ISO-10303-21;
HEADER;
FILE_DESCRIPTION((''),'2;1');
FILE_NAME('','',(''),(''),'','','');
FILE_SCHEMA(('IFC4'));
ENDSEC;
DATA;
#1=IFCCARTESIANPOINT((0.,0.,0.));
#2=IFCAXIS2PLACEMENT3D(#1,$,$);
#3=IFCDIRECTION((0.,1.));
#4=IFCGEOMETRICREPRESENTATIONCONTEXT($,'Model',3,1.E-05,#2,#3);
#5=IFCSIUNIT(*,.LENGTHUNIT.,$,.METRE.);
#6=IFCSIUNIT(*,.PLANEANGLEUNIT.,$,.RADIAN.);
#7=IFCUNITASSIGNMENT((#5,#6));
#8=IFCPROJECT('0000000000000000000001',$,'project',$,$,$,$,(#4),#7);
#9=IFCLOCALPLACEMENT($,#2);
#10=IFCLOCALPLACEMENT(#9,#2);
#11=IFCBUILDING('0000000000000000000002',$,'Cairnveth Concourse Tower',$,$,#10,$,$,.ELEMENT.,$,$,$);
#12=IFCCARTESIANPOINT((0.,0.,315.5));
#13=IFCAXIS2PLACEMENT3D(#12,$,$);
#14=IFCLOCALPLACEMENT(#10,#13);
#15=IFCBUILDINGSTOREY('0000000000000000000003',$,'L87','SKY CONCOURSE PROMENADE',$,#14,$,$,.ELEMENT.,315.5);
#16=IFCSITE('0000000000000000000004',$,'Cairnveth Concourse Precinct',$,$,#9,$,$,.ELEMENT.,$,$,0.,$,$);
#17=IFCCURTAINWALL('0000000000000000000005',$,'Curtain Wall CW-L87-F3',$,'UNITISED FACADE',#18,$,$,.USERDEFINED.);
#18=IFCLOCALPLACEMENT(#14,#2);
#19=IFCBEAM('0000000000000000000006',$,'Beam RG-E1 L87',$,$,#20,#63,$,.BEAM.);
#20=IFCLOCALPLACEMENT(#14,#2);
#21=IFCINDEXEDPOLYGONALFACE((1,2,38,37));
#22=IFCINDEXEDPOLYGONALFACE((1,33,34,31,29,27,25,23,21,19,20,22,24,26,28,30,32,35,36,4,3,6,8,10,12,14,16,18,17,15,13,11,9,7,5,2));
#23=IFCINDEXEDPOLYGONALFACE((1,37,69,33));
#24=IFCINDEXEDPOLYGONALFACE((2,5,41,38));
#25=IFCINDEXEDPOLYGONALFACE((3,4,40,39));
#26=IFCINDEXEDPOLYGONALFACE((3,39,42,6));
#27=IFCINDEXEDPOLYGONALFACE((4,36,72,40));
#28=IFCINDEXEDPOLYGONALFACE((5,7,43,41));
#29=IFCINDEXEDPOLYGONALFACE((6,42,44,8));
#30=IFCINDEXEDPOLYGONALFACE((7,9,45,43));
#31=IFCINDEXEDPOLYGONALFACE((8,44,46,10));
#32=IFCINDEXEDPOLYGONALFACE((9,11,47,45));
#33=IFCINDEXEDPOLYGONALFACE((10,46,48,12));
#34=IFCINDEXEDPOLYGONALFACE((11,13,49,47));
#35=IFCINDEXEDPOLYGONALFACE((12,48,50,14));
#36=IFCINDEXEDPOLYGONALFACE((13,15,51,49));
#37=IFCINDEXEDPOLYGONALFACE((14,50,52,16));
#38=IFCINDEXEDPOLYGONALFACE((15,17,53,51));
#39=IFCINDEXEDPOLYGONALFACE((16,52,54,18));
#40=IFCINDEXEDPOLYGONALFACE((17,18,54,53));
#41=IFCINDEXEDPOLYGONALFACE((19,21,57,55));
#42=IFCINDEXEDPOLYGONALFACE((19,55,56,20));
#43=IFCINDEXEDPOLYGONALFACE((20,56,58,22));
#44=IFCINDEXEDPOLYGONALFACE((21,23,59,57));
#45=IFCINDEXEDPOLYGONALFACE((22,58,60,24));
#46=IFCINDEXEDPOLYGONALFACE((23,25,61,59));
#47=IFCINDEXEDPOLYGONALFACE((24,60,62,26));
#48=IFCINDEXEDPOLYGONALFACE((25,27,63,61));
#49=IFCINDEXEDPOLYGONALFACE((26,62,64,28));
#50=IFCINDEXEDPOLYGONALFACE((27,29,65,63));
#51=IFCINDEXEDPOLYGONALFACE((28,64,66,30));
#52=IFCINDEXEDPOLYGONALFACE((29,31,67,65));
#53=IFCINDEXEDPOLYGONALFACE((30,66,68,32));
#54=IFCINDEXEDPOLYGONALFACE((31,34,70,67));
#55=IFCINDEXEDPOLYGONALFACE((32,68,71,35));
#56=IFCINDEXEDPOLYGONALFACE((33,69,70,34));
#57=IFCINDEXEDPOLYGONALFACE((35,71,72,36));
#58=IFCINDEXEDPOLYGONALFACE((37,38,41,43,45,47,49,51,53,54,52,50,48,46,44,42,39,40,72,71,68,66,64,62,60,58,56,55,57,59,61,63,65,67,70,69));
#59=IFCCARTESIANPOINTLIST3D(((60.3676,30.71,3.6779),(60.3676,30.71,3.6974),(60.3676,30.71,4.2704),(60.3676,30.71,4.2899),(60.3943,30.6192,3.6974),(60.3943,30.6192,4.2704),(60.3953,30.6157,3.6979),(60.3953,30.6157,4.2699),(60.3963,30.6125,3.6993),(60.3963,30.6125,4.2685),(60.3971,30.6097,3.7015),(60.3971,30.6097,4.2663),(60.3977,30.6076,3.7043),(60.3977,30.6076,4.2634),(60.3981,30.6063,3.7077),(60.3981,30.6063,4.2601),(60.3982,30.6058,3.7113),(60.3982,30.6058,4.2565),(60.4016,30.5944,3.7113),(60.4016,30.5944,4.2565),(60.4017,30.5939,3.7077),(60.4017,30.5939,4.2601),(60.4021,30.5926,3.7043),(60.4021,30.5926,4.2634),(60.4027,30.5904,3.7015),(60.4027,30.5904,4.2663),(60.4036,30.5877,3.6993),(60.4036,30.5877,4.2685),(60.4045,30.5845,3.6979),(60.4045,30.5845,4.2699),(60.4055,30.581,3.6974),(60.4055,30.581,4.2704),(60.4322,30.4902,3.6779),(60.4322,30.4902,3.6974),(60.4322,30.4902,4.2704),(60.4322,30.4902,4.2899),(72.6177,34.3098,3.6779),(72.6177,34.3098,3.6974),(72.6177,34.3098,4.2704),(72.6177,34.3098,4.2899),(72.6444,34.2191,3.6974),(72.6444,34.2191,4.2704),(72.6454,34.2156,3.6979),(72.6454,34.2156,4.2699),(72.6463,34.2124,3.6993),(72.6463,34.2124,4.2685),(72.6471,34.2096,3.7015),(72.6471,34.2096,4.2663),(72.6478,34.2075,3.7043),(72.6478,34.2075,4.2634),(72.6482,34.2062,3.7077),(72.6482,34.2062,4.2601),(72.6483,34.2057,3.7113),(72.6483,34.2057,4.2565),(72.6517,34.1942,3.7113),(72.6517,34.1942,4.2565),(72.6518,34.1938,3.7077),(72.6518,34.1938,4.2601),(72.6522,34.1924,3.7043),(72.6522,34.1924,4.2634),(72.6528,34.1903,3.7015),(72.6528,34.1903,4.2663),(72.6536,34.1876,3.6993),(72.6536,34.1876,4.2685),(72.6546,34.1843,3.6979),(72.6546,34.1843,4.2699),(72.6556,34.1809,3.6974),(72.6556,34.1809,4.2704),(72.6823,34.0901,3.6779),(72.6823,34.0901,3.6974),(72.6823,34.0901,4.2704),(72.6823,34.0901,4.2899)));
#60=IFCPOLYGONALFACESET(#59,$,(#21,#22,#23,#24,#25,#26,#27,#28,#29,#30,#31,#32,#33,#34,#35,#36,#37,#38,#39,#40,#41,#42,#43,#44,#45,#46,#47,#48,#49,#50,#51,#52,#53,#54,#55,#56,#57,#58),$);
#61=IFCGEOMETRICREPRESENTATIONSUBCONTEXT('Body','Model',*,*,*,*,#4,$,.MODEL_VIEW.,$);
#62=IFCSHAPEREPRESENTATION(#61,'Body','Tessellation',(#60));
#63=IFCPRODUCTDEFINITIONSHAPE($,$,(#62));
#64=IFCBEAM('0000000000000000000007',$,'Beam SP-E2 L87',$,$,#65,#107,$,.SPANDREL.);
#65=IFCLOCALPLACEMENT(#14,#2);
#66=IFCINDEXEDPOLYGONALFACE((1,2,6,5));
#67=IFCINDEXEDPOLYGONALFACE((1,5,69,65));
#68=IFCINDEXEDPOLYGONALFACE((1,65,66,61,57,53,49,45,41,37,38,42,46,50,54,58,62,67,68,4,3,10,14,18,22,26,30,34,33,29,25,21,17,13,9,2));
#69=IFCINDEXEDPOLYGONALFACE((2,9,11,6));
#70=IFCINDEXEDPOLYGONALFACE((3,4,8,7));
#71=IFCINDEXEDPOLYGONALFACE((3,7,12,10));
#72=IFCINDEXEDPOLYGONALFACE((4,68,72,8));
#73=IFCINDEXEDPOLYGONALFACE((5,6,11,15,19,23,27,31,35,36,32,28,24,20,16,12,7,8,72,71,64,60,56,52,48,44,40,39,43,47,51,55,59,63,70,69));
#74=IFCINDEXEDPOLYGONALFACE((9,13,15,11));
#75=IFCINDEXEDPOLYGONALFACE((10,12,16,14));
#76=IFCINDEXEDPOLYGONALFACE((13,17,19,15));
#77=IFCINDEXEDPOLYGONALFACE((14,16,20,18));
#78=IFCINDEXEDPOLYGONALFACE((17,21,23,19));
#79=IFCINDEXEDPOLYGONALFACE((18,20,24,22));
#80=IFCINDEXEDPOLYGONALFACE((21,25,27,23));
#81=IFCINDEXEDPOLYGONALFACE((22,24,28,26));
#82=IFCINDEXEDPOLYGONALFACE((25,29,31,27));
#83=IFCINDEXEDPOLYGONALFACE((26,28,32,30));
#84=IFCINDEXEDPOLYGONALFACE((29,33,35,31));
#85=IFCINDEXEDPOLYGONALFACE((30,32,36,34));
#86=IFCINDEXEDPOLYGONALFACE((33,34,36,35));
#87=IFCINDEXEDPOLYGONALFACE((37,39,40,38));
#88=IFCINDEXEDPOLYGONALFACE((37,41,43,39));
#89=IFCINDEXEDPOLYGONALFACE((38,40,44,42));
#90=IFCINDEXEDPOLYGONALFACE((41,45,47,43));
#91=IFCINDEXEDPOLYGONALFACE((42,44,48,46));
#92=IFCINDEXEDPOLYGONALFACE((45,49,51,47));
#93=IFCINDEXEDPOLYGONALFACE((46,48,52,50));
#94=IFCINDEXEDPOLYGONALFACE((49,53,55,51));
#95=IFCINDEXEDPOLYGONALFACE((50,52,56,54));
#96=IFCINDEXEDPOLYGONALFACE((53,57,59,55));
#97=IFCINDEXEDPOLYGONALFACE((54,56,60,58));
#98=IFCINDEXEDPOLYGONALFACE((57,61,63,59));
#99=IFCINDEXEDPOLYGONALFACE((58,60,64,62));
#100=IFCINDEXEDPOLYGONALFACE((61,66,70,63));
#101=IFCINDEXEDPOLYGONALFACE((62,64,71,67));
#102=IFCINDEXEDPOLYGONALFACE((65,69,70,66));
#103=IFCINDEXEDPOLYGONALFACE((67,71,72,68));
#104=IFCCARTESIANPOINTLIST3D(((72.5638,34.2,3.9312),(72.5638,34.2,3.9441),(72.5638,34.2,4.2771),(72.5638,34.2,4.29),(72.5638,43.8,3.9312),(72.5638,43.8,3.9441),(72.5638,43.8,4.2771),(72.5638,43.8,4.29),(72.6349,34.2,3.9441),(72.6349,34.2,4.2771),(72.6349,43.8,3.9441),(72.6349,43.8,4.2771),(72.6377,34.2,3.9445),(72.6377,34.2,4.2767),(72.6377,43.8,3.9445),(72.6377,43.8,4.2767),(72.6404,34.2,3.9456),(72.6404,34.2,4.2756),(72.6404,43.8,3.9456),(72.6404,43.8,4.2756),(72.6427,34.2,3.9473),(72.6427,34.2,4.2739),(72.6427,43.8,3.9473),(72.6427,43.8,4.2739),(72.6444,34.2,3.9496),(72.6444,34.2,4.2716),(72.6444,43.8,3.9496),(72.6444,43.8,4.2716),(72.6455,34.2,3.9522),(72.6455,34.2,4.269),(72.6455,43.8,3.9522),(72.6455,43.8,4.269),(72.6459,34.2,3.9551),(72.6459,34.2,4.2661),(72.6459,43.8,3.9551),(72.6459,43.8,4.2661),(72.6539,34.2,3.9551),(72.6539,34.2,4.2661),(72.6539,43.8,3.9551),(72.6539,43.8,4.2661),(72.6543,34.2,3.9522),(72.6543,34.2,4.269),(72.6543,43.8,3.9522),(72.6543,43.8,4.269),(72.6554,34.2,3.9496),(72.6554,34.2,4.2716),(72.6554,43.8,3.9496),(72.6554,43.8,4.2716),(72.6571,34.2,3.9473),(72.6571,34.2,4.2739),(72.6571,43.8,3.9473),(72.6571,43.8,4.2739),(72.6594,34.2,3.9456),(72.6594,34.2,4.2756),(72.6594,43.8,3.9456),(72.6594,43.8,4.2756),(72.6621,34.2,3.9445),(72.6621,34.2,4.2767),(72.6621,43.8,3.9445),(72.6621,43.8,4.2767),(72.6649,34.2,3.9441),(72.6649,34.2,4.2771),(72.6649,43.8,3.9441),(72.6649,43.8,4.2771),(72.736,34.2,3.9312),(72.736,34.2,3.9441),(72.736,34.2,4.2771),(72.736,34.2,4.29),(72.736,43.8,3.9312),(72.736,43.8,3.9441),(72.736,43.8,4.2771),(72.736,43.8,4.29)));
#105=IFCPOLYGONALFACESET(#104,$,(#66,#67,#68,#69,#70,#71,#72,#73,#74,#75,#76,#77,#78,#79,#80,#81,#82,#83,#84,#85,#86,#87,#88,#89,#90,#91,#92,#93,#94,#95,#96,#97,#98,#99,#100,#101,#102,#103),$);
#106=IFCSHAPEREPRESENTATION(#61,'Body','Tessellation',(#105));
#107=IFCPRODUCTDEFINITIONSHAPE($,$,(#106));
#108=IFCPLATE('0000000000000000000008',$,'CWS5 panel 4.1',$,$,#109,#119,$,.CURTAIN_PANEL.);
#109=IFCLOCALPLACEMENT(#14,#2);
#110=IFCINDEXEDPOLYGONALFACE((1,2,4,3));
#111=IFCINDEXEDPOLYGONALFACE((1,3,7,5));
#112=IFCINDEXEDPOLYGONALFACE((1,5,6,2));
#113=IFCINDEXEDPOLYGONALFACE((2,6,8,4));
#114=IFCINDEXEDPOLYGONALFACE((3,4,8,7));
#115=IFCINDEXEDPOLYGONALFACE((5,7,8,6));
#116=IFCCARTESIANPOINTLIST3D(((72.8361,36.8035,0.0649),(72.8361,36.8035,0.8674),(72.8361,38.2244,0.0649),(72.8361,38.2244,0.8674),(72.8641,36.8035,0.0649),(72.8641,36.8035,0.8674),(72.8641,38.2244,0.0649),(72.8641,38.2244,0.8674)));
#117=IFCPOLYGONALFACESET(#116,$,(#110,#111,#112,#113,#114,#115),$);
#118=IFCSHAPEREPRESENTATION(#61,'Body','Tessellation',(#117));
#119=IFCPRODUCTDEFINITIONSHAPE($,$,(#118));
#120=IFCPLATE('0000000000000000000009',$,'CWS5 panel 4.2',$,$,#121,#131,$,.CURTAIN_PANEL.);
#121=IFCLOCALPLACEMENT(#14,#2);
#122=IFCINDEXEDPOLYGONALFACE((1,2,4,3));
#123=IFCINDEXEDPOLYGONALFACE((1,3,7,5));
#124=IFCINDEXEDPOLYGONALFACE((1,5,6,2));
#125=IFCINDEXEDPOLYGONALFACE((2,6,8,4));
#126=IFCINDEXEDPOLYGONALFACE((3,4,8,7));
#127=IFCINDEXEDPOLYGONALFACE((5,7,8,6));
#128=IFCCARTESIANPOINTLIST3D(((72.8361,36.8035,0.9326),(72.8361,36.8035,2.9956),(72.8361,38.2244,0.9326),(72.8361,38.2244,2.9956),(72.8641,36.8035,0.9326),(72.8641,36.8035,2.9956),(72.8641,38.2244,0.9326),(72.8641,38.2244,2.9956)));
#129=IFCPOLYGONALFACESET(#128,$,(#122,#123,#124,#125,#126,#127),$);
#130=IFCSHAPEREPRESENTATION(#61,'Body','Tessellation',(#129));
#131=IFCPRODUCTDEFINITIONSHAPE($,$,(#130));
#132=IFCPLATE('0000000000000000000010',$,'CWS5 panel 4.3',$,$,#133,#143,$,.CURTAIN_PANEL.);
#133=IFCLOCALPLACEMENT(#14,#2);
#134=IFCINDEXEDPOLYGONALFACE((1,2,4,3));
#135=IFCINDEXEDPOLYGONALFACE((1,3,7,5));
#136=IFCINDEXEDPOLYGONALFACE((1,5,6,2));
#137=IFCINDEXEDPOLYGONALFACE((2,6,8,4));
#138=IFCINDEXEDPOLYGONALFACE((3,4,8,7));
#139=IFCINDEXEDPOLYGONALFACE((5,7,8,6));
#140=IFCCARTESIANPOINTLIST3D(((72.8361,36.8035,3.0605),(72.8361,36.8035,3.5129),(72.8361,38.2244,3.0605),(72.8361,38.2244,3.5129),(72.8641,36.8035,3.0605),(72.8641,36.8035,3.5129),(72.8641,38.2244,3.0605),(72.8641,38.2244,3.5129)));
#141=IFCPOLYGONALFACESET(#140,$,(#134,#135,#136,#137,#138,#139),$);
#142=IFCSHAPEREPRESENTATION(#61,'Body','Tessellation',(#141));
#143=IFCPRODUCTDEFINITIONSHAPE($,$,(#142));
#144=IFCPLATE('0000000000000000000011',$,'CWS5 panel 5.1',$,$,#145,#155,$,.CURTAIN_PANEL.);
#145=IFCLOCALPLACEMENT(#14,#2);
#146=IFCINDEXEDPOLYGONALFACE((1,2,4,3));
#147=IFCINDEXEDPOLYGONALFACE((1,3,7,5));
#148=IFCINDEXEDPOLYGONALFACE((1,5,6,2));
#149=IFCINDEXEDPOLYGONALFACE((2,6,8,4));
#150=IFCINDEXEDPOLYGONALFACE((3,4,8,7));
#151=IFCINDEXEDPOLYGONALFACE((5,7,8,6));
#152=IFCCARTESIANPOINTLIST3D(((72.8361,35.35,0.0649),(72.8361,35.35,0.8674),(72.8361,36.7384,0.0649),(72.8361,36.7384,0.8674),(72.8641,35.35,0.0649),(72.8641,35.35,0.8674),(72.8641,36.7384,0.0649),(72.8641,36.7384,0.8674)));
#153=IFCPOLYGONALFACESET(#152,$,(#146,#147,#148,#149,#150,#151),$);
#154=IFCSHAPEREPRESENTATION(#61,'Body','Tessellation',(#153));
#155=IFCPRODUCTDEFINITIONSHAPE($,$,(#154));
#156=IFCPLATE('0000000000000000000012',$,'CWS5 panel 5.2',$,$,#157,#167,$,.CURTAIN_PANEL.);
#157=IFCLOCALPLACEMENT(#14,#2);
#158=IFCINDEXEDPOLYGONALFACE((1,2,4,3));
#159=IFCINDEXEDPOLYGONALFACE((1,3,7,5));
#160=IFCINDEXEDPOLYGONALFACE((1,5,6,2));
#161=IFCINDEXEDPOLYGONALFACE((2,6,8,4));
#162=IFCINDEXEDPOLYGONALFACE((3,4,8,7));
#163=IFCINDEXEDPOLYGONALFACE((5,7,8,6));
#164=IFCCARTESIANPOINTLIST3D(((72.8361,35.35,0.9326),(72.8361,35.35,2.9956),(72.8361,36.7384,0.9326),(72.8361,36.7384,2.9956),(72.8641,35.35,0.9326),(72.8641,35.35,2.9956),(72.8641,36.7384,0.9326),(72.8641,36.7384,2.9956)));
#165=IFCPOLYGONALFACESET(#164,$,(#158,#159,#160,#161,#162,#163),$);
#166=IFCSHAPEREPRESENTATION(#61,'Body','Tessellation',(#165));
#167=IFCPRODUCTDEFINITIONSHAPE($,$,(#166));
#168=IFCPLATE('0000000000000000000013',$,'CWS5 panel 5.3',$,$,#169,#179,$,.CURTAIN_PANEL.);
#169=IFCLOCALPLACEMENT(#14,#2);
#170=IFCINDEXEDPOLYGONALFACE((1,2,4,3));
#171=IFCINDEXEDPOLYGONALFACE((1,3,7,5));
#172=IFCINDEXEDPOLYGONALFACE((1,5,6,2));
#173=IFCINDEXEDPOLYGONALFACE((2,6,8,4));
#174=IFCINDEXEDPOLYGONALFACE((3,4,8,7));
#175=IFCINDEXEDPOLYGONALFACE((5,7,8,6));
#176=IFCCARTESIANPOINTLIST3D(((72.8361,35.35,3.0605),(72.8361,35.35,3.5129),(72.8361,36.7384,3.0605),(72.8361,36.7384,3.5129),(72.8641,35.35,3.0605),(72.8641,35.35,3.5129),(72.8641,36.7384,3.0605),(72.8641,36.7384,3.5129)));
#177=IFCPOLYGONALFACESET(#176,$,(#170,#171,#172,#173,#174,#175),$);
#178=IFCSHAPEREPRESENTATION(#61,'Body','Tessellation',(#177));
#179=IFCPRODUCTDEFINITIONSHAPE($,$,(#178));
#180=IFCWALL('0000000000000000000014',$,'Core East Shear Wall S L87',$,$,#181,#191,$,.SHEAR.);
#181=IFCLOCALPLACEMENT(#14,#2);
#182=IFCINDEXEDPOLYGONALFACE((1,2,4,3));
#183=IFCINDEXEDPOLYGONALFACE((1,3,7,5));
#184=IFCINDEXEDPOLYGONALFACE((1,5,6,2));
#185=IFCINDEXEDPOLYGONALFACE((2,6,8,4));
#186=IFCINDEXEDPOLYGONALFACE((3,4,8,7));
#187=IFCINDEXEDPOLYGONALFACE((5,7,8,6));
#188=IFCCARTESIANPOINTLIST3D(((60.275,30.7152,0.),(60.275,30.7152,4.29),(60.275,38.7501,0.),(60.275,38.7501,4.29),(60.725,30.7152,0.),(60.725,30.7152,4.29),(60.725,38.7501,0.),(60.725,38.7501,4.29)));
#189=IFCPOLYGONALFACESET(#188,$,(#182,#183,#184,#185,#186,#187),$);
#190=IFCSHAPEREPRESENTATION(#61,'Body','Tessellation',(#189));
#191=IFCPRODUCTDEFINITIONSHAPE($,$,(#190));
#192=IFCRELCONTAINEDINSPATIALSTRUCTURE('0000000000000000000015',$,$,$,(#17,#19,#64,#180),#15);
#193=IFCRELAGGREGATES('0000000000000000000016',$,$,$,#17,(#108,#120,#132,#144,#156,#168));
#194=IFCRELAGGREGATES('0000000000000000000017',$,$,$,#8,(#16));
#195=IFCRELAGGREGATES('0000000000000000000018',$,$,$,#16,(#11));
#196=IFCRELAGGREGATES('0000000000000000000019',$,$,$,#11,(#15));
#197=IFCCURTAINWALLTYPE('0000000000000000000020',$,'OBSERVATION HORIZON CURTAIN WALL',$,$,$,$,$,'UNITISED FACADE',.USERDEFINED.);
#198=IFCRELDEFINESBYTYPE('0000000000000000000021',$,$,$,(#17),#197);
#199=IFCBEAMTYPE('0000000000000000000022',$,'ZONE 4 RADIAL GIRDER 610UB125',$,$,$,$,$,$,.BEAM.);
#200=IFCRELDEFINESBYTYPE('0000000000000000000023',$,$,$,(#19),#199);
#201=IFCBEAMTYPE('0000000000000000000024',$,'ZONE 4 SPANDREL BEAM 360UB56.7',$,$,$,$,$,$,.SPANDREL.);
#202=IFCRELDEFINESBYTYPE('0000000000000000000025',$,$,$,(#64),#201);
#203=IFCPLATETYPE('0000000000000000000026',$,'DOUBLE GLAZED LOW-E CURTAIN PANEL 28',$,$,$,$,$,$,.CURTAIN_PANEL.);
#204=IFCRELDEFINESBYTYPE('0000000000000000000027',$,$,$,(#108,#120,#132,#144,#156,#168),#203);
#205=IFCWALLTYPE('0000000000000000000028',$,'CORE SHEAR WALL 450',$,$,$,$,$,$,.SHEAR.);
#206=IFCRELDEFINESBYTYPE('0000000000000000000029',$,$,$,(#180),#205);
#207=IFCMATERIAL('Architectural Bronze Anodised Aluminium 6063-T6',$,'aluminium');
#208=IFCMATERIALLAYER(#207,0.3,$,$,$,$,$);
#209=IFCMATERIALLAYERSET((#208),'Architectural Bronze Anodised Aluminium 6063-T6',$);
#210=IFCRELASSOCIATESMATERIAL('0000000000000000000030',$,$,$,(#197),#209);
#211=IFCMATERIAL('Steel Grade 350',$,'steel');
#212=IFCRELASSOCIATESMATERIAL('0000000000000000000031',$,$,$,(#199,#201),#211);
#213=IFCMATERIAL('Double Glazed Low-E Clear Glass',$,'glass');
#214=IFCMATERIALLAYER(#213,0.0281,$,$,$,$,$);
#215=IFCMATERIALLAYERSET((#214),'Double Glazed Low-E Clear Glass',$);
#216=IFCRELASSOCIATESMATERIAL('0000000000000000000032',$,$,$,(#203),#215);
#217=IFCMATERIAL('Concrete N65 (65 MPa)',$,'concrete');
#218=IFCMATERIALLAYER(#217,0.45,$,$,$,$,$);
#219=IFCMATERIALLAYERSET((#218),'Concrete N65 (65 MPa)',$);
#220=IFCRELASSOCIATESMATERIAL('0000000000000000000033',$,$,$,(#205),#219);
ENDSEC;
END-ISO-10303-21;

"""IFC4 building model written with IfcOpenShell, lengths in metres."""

from ifc_helpers import new_model, si_unit, direction, frame, frame_2d, origin, origin_2d, place, context, subcontext, project, spatial, rectangle, i_section, extrude, material, layer, layer_set, material_profile, profile_set, type_object, element, aggregate, save


model = new_model("IFC4")

# Units and contexts
model_context = context("Model", 3, precision=1e-05, world=origin(), true_north=direction((0.0, 1.0)))
body_context = subcontext(model_context, "Body", "Model", "MODEL_VIEW")
ifc_project = project(units=[si_unit("LENGTHUNIT", "METRE"), si_unit("PLANEANGLEUNIT", "RADIAN")], contexts=[model_context])

# Site, building, storey
site_placement = place(None, origin())
site = spatial("IfcSite", under=ifc_project, at=site_placement, Name="Cairnveth Concourse Precinct", CompositionType="ELEMENT", RefElevation=0.0)
building_placement = place(site_placement, origin())
building = spatial("IfcBuilding", under=site, at=building_placement, Name="Cairnveth Concourse Tower", CompositionType="ELEMENT")
storey_placement = place(building_placement, frame((0.0, 0.0, 315.5)))
storey = spatial("IfcBuildingStorey", under=building, at=storey_placement, Name="L87", Description="SKY CONCOURSE PROMENADE", CompositionType="ELEMENT", Elevation=315.5)

# Shared definitions
ifc_material_1 = material(Name="Steel Grade 350", Category="steel")

# Curtain wall
ifc_material_2 = material(Name="Architectural Bronze Anodised Aluminium 6063-T6", Category="aluminium")
ifc_layer_1 = layer(ifc_material_2, 0.3)
ifc_layer_set_1 = layer_set([ifc_layer_1], Name="Architectural Bronze Anodised Aluminium 6063-T6")
curtain_wall_type = type_object("IfcCurtainWallType", Name="OBSERVATION HORIZON CURTAIN WALL", ElementType="UNITISED FACADE", PredefinedType="USERDEFINED", material=ifc_layer_set_1)
curtain_wall_placement = place(storey_placement, origin())
curtain_wall = element("IfcCurtainWall", 1, at=curtain_wall_placement, inside=storey, type_object=curtain_wall_type, Name="Curtain Wall CW-L87-F3", ObjectType="UNITISED FACADE", PredefinedType="USERDEFINED")

# Beams
ifc_material_profile_1 = material_profile(ifc_material_1, i_section(OverallWidth=0.229, OverallDepth=0.6121, WebThickness=0.012, FlangeThickness=0.0195, FilletRadius=0.0139, at=origin_2d()), Name="610UB125")
ifc_profile_set_1 = profile_set([ifc_material_profile_1], Name="Steel Grade 350")
beam_type_1 = type_object("IfcBeamType", Name="ZONE 4 RADIAL GIRDER 610UB125", PredefinedType="BEAM", material=ifc_profile_set_1)
beam_1_placement = place(storey_placement, frame((60.3999, 30.6001, 3.9839), z_axis=(0.959431, 0.281944, 0.0), x_axis=(-0.281944, 0.959431, 0.0)))
element("IfcBeam", 2, at=beam_1_placement, inside=storey, type_object=beam_type_1, Name="Beam RG-E1 L87", PredefinedType="BEAM", context=body_context, shape_type="SweptSolid", body=[
    extrude(i_section(OverallWidth=0.229, OverallDepth=0.6121, WebThickness=0.012, FlangeThickness=0.0195, FilletRadius=0.0139, at=origin_2d()), origin(), (0.0, 0.0, 1.0), 12.7681),
])
ifc_material_profile_2 = material_profile(ifc_material_1, i_section(OverallWidth=0.1721, OverallDepth=0.3589, WebThickness=0.0081, FlangeThickness=0.0129, FilletRadius=0.011, at=origin_2d()), Name="360UB56.7")
ifc_profile_set_2 = profile_set([ifc_material_profile_2], Name="Steel Grade 350")
beam_type_2 = type_object("IfcBeamType", Name="ZONE 4 SPANDREL BEAM 360UB56.7", PredefinedType="SPANDREL", material=ifc_profile_set_2)
beam_2_placement = place(storey_placement, frame((72.6499, 34.2, 4.1106), z_axis=(0.0, 1.0, 0.0), x_axis=(-1.0, 0.0, 0.0)))
element("IfcBeam", 3, at=beam_2_placement, inside=storey, type_object=beam_type_2, Name="Beam SP-E2 L87", PredefinedType="SPANDREL", context=body_context, shape_type="SweptSolid", body=[
    extrude(i_section(OverallWidth=0.1721, OverallDepth=0.3589, WebThickness=0.0081, FlangeThickness=0.0129, FilletRadius=0.011, at=origin_2d()), origin(), (0.0, 0.0, 1.0), 9.6001),
])

# Plates
ifc_material_3 = material(Name="Double Glazed Low-E Clear Glass", Category="glass")
ifc_layer_2 = layer(ifc_material_3, 0.0281)
ifc_layer_set_2 = layer_set([ifc_layer_2], Name="Double Glazed Low-E Clear Glass")
plate_type = type_object("IfcPlateType", Name="DOUBLE GLAZED LOW-E CURTAIN PANEL 28", PredefinedType="CURTAIN_PANEL", material=ifc_layer_set_2)
plate_1_placement = place(storey_placement, frame((72.8501, 37.5139, 0.0649), z_axis=(0.0, 0.0, 1.0), x_axis=(0.0, -1.0, 0.0)))
plate_1 = element("IfcPlate", 4, at=plate_1_placement, type_object=plate_type, Name="CWS5 panel 4.1", PredefinedType="CURTAIN_PANEL", context=body_context, shape_type="SweptSolid", body=[
    extrude(rectangle(XDim=1.4209, YDim=0.0281, at=origin_2d()), origin(), (0.0, 0.0, 1.0), 0.8025),
])
plate_2_placement = place(storey_placement, frame((72.8501, 37.5139, 0.9326), z_axis=(0.0, 0.0, 1.0), x_axis=(0.0, -1.0, 0.0)))
plate_2 = element("IfcPlate", 5, at=plate_2_placement, type_object=plate_type, Name="CWS5 panel 4.2", PredefinedType="CURTAIN_PANEL", context=body_context, shape_type="SweptSolid", body=[
    extrude(rectangle(XDim=1.4209, YDim=0.0281, at=origin_2d()), origin(), (0.0, 0.0, 1.0), 2.063),
])
plate_3_placement = place(storey_placement, frame((72.8501, 37.5139, 3.0605), z_axis=(0.0, 0.0, 1.0), x_axis=(0.0, -1.0, 0.0)))
plate_3 = element("IfcPlate", 6, at=plate_3_placement, type_object=plate_type, Name="CWS5 panel 4.3", PredefinedType="CURTAIN_PANEL", context=body_context, shape_type="SweptSolid", body=[
    extrude(rectangle(XDim=1.4209, YDim=0.0281, at=origin_2d()), origin(), (0.0, 0.0, 1.0), 0.4524),
])
plate_4_placement = place(storey_placement, frame((72.8501, 36.0442, 0.0649), z_axis=(0.0, 0.0, 1.0), x_axis=(0.0, -1.0, 0.0)))
plate_4 = element("IfcPlate", 7, at=plate_4_placement, type_object=plate_type, Name="CWS5 panel 5.1", PredefinedType="CURTAIN_PANEL", context=body_context, shape_type="SweptSolid", body=[
    extrude(rectangle(XDim=1.3884, YDim=0.0281, at=origin_2d()), origin(), (0.0, 0.0, 1.0), 0.8025),
])
plate_5_placement = place(storey_placement, frame((72.8501, 36.0442, 0.9326), z_axis=(0.0, 0.0, 1.0), x_axis=(0.0, -1.0, 0.0)))
plate_5 = element("IfcPlate", 8, at=plate_5_placement, type_object=plate_type, Name="CWS5 panel 5.2", PredefinedType="CURTAIN_PANEL", context=body_context, shape_type="SweptSolid", body=[
    extrude(rectangle(XDim=1.3884, YDim=0.0281, at=origin_2d()), origin(), (0.0, 0.0, 1.0), 2.063),
])
plate_6_placement = place(storey_placement, frame((72.8501, 36.0442, 3.0605), z_axis=(0.0, 0.0, 1.0), x_axis=(0.0, -1.0, 0.0)))
plate_6 = element("IfcPlate", 9, at=plate_6_placement, type_object=plate_type, Name="CWS5 panel 5.3", PredefinedType="CURTAIN_PANEL", context=body_context, shape_type="SweptSolid", body=[
    extrude(rectangle(XDim=1.3884, YDim=0.0281, at=origin_2d()), origin(), (0.0, 0.0, 1.0), 0.4524),
])
aggregate(curtain_wall, [plate_1, plate_2, plate_3, plate_4, plate_5, plate_6])

# Wall
ifc_material_4 = material(Name="Concrete N65 (65 MPa)", Category="concrete")
ifc_layer_3 = layer(ifc_material_4, 0.45)
ifc_layer_set_3 = layer_set([ifc_layer_3], Name="Concrete N65 (65 MPa)")
wall_type_1 = type_object("IfcWallType", Name="CORE SHEAR WALL 450", PredefinedType="SHEAR", material=ifc_layer_set_3)
wall_1_placement = place(storey_placement, frame((60.5, 30.7151, 0.0), z_axis=(0.0, 0.0, 1.0), x_axis=(0.0, 1.0, 0.0)))
element("IfcWall", 10, at=wall_1_placement, inside=storey, type_object=wall_type_1, Name="Core East Shear Wall S L87", PredefinedType="SHEAR", context=body_context, shape_type="SweptSolid", body=[
    extrude(rectangle(XDim=8.0349, YDim=0.45, at=frame_2d((4.0176, 0.0))), origin(), (0.0, 0.0, 1.0), 4.29),
])

save(model, "model.ifc")
